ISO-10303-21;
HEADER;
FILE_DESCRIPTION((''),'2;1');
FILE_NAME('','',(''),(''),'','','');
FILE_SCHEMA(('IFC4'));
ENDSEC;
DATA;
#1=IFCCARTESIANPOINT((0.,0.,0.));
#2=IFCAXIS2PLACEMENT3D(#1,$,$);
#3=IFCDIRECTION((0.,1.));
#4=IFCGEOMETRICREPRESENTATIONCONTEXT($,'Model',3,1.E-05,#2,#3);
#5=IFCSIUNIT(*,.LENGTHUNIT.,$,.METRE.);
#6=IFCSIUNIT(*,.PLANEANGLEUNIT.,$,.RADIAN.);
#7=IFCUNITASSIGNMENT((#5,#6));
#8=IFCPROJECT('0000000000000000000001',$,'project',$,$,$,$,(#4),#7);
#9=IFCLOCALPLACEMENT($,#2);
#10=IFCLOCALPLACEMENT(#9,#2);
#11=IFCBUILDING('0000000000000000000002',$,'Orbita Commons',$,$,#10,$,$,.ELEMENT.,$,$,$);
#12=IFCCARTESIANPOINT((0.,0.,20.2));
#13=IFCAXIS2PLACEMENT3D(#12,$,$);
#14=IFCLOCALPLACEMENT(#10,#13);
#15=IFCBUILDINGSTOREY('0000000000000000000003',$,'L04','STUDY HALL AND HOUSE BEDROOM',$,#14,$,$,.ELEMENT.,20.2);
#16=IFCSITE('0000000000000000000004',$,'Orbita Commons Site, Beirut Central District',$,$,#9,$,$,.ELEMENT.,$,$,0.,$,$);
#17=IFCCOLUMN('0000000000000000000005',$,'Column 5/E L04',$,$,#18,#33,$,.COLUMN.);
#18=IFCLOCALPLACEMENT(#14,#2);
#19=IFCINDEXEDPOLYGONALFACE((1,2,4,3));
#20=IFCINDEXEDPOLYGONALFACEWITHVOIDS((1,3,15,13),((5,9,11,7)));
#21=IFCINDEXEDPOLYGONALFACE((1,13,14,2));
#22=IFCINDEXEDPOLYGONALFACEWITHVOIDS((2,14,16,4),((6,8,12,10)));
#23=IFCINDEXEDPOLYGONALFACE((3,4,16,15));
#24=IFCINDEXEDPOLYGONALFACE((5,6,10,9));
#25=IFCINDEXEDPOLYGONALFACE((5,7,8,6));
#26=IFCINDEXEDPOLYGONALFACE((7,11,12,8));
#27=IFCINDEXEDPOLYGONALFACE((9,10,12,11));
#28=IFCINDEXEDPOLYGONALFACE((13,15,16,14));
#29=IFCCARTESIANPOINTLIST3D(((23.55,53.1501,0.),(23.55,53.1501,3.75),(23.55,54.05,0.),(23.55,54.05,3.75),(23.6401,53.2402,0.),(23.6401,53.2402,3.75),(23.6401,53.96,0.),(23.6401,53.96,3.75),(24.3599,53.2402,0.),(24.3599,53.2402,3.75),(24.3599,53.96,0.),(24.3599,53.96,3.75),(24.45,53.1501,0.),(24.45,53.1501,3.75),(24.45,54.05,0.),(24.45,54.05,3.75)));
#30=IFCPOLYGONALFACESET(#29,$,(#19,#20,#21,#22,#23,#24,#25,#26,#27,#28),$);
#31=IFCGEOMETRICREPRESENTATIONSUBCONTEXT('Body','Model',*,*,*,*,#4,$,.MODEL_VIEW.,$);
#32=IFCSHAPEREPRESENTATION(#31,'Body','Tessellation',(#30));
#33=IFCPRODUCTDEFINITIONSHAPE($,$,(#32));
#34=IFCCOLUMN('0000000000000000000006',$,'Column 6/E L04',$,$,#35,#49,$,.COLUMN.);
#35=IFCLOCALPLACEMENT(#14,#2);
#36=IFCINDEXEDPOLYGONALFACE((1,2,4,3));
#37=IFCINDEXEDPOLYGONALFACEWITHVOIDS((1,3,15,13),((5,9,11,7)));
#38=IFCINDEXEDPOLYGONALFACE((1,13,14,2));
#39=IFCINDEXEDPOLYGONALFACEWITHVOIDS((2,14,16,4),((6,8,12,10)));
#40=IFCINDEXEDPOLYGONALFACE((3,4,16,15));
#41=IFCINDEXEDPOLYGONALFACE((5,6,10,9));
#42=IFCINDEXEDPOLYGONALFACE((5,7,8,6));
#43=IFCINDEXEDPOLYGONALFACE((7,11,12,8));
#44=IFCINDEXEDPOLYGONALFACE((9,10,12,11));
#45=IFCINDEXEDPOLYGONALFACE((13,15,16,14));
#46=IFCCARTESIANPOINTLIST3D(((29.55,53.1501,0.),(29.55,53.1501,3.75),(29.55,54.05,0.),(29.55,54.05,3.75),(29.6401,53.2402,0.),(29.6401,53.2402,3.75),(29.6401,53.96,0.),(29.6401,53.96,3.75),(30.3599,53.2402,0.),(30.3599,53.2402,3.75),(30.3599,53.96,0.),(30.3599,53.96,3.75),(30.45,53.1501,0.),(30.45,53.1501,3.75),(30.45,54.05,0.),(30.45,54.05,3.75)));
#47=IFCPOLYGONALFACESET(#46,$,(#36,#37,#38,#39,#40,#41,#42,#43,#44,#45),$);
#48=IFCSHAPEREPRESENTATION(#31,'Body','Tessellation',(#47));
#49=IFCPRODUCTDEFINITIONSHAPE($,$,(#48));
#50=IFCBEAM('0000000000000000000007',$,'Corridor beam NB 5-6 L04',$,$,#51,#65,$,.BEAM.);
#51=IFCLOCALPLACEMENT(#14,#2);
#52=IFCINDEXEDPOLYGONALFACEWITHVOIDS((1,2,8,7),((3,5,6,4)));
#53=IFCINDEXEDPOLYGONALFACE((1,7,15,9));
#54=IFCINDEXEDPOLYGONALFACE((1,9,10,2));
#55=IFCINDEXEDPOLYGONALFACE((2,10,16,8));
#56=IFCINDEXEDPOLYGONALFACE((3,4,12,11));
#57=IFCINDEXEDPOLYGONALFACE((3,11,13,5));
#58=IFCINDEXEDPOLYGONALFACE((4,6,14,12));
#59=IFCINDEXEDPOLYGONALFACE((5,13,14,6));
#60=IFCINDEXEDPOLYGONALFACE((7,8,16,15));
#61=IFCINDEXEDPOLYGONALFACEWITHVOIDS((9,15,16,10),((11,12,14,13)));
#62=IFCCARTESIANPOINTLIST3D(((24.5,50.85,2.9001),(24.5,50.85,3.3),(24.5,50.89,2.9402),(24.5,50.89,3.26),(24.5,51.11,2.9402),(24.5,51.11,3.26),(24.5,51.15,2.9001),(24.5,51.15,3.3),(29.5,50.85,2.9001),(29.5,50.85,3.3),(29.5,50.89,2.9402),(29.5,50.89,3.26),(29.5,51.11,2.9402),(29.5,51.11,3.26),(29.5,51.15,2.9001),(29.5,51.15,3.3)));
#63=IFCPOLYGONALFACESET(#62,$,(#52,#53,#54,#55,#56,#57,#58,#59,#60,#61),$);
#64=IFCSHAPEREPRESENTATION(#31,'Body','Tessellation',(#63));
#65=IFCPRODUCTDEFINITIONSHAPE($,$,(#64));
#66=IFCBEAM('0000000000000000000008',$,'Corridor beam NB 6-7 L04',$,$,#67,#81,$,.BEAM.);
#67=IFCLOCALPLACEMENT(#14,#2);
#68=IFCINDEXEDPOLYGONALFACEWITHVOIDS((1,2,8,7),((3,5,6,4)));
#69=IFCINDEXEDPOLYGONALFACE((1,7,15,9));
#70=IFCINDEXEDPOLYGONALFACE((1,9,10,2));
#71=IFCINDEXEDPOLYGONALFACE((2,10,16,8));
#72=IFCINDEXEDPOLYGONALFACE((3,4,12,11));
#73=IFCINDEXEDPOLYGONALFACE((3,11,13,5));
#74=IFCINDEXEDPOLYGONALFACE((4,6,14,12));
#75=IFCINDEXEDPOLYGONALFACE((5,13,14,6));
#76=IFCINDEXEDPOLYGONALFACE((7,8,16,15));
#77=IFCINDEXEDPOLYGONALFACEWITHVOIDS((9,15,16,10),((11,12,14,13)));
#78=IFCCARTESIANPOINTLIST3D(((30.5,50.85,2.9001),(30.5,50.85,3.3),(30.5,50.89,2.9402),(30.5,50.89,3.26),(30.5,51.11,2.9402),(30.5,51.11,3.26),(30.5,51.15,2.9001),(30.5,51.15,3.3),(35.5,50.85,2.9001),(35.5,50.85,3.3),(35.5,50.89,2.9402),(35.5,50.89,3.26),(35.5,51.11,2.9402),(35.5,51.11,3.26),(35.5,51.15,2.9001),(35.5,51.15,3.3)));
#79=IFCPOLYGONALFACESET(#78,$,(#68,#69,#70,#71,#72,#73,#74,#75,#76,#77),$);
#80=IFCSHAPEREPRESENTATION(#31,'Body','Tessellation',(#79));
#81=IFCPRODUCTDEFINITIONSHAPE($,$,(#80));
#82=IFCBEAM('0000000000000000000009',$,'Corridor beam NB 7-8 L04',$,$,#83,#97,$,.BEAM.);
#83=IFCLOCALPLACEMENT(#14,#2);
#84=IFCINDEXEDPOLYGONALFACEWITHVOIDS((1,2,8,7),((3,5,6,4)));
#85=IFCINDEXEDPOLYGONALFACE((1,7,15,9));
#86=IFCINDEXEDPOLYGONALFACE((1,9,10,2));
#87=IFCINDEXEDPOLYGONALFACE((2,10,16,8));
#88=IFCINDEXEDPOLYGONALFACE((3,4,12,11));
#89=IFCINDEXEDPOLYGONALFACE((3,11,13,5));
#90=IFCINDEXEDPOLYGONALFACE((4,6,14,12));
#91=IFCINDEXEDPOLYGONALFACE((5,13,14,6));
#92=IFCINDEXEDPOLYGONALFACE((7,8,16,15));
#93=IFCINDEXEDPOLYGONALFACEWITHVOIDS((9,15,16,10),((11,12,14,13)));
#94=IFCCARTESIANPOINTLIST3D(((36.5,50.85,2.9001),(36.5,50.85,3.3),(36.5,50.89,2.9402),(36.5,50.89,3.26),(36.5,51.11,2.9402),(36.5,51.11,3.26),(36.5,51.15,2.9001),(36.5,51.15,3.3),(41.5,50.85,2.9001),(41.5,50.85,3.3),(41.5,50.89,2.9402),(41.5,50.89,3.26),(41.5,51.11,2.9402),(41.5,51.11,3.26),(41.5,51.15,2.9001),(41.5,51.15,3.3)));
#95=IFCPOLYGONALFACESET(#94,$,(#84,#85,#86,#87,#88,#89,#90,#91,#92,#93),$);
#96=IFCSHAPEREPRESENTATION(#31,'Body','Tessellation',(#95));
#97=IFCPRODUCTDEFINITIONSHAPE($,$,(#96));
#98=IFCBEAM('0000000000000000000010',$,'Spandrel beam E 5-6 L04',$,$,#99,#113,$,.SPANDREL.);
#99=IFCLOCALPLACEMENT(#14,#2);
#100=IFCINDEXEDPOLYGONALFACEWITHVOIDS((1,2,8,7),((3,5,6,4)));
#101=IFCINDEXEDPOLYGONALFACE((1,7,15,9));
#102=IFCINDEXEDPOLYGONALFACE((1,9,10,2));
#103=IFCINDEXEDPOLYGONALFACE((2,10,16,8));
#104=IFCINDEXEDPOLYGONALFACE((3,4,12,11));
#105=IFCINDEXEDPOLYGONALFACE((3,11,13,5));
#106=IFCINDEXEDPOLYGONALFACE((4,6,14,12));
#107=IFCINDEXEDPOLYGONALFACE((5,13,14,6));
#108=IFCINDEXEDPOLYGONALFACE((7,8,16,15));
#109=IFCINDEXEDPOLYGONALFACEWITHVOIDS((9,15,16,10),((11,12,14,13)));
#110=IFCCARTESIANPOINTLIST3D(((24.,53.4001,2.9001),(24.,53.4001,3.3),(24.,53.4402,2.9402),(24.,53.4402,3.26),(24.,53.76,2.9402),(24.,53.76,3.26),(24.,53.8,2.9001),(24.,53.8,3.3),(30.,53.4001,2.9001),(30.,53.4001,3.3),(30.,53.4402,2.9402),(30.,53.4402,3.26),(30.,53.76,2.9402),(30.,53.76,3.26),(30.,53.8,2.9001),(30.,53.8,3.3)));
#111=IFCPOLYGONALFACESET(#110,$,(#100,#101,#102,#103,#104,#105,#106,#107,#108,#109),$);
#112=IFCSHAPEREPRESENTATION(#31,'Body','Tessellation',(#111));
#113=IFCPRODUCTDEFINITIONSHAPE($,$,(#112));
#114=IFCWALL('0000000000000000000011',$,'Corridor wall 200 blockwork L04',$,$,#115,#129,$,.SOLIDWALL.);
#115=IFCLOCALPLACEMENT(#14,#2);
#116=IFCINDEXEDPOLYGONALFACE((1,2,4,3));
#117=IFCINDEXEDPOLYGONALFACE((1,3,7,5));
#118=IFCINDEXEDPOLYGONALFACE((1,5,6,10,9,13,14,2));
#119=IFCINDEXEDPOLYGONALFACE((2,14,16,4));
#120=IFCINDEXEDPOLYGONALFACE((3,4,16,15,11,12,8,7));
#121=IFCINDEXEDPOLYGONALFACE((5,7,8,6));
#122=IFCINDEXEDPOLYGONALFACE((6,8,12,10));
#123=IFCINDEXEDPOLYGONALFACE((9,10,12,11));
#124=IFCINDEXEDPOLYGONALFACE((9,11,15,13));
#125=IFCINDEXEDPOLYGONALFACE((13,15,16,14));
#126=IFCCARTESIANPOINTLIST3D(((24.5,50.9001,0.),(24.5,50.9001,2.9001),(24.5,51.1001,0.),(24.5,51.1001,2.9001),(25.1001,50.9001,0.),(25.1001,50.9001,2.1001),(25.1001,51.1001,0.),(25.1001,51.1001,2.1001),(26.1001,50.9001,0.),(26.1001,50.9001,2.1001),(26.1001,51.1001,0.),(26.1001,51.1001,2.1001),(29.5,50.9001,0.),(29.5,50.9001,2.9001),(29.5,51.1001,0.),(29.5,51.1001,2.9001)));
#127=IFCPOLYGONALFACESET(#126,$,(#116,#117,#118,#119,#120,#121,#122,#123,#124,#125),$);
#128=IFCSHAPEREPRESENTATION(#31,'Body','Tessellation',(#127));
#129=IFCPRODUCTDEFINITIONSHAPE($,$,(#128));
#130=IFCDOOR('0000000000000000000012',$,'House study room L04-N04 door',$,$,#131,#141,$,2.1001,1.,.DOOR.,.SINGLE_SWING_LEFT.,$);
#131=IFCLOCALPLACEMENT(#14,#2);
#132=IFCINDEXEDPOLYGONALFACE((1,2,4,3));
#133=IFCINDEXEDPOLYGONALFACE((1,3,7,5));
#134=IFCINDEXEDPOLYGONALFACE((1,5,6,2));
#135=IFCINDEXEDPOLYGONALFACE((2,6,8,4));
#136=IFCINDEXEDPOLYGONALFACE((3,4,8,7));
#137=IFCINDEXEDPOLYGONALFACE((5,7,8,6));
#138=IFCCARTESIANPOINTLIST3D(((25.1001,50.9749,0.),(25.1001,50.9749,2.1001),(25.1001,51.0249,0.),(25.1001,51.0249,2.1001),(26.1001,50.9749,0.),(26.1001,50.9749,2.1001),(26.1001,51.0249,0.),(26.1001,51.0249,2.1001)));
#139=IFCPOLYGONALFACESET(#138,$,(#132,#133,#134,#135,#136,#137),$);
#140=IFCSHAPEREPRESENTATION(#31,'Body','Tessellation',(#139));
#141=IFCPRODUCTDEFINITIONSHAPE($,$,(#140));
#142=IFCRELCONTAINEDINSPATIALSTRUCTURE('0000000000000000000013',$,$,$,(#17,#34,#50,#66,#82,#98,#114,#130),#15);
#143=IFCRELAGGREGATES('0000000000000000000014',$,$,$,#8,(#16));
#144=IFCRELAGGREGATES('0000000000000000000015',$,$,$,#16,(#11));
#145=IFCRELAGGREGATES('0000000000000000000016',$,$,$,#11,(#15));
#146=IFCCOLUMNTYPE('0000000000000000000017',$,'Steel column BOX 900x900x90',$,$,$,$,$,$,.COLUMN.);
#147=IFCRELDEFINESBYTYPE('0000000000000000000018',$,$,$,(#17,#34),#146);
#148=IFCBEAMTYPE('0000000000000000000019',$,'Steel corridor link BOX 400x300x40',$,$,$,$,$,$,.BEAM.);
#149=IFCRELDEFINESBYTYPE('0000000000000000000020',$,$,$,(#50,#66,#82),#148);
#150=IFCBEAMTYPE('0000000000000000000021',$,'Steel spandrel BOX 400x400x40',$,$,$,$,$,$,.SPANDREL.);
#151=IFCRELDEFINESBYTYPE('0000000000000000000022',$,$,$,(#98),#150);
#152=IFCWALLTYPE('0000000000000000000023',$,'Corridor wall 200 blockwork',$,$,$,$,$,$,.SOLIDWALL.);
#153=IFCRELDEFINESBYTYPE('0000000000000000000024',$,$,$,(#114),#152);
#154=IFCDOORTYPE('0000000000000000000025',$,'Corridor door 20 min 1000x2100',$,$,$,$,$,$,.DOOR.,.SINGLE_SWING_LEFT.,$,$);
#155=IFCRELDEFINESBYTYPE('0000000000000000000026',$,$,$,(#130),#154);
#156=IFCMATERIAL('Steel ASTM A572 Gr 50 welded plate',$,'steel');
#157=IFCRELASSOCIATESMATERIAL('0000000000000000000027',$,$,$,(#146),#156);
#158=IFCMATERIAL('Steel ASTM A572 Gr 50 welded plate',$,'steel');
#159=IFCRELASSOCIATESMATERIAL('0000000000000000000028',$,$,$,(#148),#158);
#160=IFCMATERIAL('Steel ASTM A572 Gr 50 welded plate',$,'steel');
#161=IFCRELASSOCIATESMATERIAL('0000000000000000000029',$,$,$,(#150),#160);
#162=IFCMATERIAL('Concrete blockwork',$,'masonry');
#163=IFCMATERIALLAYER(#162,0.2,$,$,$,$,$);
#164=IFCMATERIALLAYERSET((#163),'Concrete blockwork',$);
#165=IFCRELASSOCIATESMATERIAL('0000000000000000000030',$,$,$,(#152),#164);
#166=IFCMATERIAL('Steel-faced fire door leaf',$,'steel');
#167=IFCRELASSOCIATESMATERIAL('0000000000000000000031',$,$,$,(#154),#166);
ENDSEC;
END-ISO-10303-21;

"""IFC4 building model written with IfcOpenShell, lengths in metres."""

from ifc_helpers import new_model, si_unit, direction, frame, frame_2d, origin, origin_2d, place, context, subcontext, project, spatial, polyline, rectangle, hollow_rectangle, outline, extrude, material, layer, layer_set, material_profile, profile_set, type_object, element, fill, save


model = new_model("IFC4")

# Units and contexts
model_context = context("Model", 3, precision=1e-05, world=origin(), true_north=direction((0.0, 1.0)))
body_context = subcontext(model_context, "Body", "Model", "MODEL_VIEW")
ifc_project = project(units=[si_unit("LENGTHUNIT", "METRE"), si_unit("PLANEANGLEUNIT", "RADIAN")], contexts=[model_context])

# Site, building, storey
site_placement = place(None, origin())
site = spatial("IfcSite", under=ifc_project, at=site_placement, Name="Orbita Commons Site, Beirut Central District", CompositionType="ELEMENT", RefElevation=0.0)
building_placement = place(site_placement, origin())
building = spatial("IfcBuilding", under=site, at=building_placement, Name="Orbita Commons", CompositionType="ELEMENT")
storey_placement = place(building_placement, frame((0.0, 0.0, 20.2)))
storey = spatial("IfcBuildingStorey", under=building, at=storey_placement, Name="L04", Description="STUDY HALL AND HOUSE BEDROOM", CompositionType="ELEMENT", Elevation=20.2)

# Columns
ifc_material_1 = material(Name="Steel ASTM A572 Gr 50 welded plate", Category="steel")
ifc_material_profile_1 = material_profile(ifc_material_1, hollow_rectangle(XDim=0.8999, YDim=0.8999, WallThickness=0.0901, at=origin_2d()), Name="BOX 900x900x90")
ifc_profile_set_1 = profile_set([ifc_material_profile_1], Name="Steel ASTM A572 Gr 50 welded plate")
column_type = type_object("IfcColumnType", Name="Steel column BOX 900x900x90", PredefinedType="COLUMN", material=ifc_profile_set_1)
for number, where, z_axis, x_axis, name in (
    (1, (24.0, 53.6001, 0.0), (0.0, 0.0, 1.0), (1.0, 0.0, 0.0), "Column 5/E L04"),
    (2, (30.0, 53.6001, 0.0), (0.0, 0.0, 1.0), (1.0, 0.0, 0.0), "Column 6/E L04"),
):
    element("IfcColumn", number, at=place(storey_placement, frame(where, z_axis=z_axis, x_axis=x_axis)), inside=storey, type_object=column_type, Name=name, PredefinedType="COLUMN", context=body_context, shape_type="SweptSolid", body=[
        extrude(hollow_rectangle(XDim=0.8999, YDim=0.8999, WallThickness=0.0901, at=origin_2d()), origin(), (0.0, 0.0, 1.0), 3.75),
    ])

# Beams
ifc_material_2 = material(Name="Steel ASTM A572 Gr 50 welded plate", Category="steel")
ifc_material_profile_2 = material_profile(ifc_material_2, hollow_rectangle(XDim=0.3, YDim=0.3999, WallThickness=0.04, at=origin_2d()), Name="BOX 400x300x40")
ifc_profile_set_2 = profile_set([ifc_material_profile_2], Name="Steel ASTM A572 Gr 50 welded plate")
beam_type_1 = type_object("IfcBeamType", Name="Steel corridor link BOX 400x300x40", PredefinedType="BEAM", material=ifc_profile_set_2)
for number, where, z_axis, x_axis, name in (
    (3, (24.5, 51.0, 3.1001), (1.0, 0.0, 0.0), (0.0, 1.0, 0.0), "Corridor beam NB 5-6 L04"),
    (4, (30.5, 51.0, 3.1001), (1.0, 0.0, 0.0), (0.0, 1.0, 0.0), "Corridor beam NB 6-7 L04"),
    (5, (36.5, 51.0, 3.1001), (1.0, 0.0, 0.0), (0.0, 1.0, 0.0), "Corridor beam NB 7-8 L04"),
):
    element("IfcBeam", number, at=place(storey_placement, frame(where, z_axis=z_axis, x_axis=x_axis)), inside=storey, type_object=beam_type_1, Name=name, PredefinedType="BEAM", context=body_context, shape_type="SweptSolid", body=[
        extrude(hollow_rectangle(XDim=0.3, YDim=0.3999, WallThickness=0.04, at=origin_2d()), origin(), (0.0, 0.0, 1.0), 5.0),
    ])
ifc_material_3 = material(Name="Steel ASTM A572 Gr 50 welded plate", Category="steel")
ifc_material_profile_3 = material_profile(ifc_material_3, hollow_rectangle(XDim=0.3999, YDim=0.3999, WallThickness=0.04, at=origin_2d()), Name="BOX 400x400x40")
ifc_profile_set_3 = profile_set([ifc_material_profile_3], Name="Steel ASTM A572 Gr 50 welded plate")
beam_type_2 = type_object("IfcBeamType", Name="Steel spandrel BOX 400x400x40", PredefinedType="SPANDREL", material=ifc_profile_set_3)
beam_placement = place(storey_placement, frame((24.0, 53.6001, 3.1001), z_axis=(1.0, 0.0, 0.0), x_axis=(0.0, 1.0, 0.0)))
element("IfcBeam", 6, at=beam_placement, inside=storey, type_object=beam_type_2, Name="Spandrel beam E 5-6 L04", PredefinedType="SPANDREL", context=body_context, shape_type="SweptSolid", body=[
    extrude(hollow_rectangle(XDim=0.3999, YDim=0.3999, WallThickness=0.04, at=origin_2d()), origin(), (0.0, 0.0, 1.0), 6.0),
])

# Wall, opening, door
ifc_material_4 = material(Name="Concrete blockwork", Category="masonry")
ifc_layer_1 = layer(ifc_material_4, 0.2)
ifc_layer_set_1 = layer_set([ifc_layer_1], Name="Concrete blockwork")
wall_type_1 = type_object("IfcWallType", Name="Corridor wall 200 blockwork", PredefinedType="SOLIDWALL", material=ifc_layer_set_1)
wall_1_placement = place(storey_placement, frame((24.5, 51.0, 0.0), z_axis=(0.0, 0.0, 1.0), x_axis=(1.0, 0.0, 0.0)))
wall_1 = element("IfcWall", 7, at=wall_1_placement, inside=storey, type_object=wall_type_1, Name="Corridor wall 200 blockwork L04", PredefinedType="SOLIDWALL", context=body_context, shape_type="SweptSolid", body=[
    extrude(outline(polyline([(0.0, 0.0), (5.0, 0.0), (5.0, 2.9001), (0.0, 2.9001), (0.0, 0.0)])), frame((0.0, 0.1001, 0.0), z_axis=(0.0, -1.0, 0.0), x_axis=(1.0, 0.0, 0.0)), (0.0, 0.0, 1.0), 0.2),
])
opening_1_placement = place(wall_1_placement, frame((0.6001, 0.0, 0.0)))
opening_1 = element("IfcOpeningElement", 8, at=opening_1_placement, cuts=wall_1, PredefinedType="OPENING", context=body_context, shape_type="SweptSolid", body=[
    extrude(rectangle(XDim=1.0, YDim=2.1001, at=frame_2d((0.5, 1.05))), frame((0.0, 0.1099, 0.0), z_axis=(0.0, -1.0, 0.0), x_axis=(1.0, 0.0, 0.0)), (0.0, 0.0, 1.0), 0.22),
])
ifc_material_5 = material(Name="Steel-faced fire door leaf", Category="steel")
door_type_1 = type_object("IfcDoorType", Name="Corridor door 20 min 1000x2100", OperationType="SINGLE_SWING_LEFT", PredefinedType="DOOR", material=ifc_material_5)
door_1_placement = place(opening_1_placement, origin())
door_1 = element("IfcDoor", 9, at=door_1_placement, inside=storey, type_object=door_type_1, Name="House study room L04-N04 door", OperationType="SINGLE_SWING_LEFT", OverallHeight=2.1001, OverallWidth=1.0, PredefinedType="DOOR", context=body_context, shape_type="SweptSolid", body=[
    extrude(rectangle(XDim=1.0, YDim=2.1001, at=frame_2d((0.5, 1.05))), frame((0.0, 0.0249, 0.0), z_axis=(0.0, -1.0, 0.0), x_axis=(1.0, 0.0, 0.0)), (0.0, 0.0, 1.0), 0.05),
])
fill(opening_1, door_1)

save(model, "model.ifc")
